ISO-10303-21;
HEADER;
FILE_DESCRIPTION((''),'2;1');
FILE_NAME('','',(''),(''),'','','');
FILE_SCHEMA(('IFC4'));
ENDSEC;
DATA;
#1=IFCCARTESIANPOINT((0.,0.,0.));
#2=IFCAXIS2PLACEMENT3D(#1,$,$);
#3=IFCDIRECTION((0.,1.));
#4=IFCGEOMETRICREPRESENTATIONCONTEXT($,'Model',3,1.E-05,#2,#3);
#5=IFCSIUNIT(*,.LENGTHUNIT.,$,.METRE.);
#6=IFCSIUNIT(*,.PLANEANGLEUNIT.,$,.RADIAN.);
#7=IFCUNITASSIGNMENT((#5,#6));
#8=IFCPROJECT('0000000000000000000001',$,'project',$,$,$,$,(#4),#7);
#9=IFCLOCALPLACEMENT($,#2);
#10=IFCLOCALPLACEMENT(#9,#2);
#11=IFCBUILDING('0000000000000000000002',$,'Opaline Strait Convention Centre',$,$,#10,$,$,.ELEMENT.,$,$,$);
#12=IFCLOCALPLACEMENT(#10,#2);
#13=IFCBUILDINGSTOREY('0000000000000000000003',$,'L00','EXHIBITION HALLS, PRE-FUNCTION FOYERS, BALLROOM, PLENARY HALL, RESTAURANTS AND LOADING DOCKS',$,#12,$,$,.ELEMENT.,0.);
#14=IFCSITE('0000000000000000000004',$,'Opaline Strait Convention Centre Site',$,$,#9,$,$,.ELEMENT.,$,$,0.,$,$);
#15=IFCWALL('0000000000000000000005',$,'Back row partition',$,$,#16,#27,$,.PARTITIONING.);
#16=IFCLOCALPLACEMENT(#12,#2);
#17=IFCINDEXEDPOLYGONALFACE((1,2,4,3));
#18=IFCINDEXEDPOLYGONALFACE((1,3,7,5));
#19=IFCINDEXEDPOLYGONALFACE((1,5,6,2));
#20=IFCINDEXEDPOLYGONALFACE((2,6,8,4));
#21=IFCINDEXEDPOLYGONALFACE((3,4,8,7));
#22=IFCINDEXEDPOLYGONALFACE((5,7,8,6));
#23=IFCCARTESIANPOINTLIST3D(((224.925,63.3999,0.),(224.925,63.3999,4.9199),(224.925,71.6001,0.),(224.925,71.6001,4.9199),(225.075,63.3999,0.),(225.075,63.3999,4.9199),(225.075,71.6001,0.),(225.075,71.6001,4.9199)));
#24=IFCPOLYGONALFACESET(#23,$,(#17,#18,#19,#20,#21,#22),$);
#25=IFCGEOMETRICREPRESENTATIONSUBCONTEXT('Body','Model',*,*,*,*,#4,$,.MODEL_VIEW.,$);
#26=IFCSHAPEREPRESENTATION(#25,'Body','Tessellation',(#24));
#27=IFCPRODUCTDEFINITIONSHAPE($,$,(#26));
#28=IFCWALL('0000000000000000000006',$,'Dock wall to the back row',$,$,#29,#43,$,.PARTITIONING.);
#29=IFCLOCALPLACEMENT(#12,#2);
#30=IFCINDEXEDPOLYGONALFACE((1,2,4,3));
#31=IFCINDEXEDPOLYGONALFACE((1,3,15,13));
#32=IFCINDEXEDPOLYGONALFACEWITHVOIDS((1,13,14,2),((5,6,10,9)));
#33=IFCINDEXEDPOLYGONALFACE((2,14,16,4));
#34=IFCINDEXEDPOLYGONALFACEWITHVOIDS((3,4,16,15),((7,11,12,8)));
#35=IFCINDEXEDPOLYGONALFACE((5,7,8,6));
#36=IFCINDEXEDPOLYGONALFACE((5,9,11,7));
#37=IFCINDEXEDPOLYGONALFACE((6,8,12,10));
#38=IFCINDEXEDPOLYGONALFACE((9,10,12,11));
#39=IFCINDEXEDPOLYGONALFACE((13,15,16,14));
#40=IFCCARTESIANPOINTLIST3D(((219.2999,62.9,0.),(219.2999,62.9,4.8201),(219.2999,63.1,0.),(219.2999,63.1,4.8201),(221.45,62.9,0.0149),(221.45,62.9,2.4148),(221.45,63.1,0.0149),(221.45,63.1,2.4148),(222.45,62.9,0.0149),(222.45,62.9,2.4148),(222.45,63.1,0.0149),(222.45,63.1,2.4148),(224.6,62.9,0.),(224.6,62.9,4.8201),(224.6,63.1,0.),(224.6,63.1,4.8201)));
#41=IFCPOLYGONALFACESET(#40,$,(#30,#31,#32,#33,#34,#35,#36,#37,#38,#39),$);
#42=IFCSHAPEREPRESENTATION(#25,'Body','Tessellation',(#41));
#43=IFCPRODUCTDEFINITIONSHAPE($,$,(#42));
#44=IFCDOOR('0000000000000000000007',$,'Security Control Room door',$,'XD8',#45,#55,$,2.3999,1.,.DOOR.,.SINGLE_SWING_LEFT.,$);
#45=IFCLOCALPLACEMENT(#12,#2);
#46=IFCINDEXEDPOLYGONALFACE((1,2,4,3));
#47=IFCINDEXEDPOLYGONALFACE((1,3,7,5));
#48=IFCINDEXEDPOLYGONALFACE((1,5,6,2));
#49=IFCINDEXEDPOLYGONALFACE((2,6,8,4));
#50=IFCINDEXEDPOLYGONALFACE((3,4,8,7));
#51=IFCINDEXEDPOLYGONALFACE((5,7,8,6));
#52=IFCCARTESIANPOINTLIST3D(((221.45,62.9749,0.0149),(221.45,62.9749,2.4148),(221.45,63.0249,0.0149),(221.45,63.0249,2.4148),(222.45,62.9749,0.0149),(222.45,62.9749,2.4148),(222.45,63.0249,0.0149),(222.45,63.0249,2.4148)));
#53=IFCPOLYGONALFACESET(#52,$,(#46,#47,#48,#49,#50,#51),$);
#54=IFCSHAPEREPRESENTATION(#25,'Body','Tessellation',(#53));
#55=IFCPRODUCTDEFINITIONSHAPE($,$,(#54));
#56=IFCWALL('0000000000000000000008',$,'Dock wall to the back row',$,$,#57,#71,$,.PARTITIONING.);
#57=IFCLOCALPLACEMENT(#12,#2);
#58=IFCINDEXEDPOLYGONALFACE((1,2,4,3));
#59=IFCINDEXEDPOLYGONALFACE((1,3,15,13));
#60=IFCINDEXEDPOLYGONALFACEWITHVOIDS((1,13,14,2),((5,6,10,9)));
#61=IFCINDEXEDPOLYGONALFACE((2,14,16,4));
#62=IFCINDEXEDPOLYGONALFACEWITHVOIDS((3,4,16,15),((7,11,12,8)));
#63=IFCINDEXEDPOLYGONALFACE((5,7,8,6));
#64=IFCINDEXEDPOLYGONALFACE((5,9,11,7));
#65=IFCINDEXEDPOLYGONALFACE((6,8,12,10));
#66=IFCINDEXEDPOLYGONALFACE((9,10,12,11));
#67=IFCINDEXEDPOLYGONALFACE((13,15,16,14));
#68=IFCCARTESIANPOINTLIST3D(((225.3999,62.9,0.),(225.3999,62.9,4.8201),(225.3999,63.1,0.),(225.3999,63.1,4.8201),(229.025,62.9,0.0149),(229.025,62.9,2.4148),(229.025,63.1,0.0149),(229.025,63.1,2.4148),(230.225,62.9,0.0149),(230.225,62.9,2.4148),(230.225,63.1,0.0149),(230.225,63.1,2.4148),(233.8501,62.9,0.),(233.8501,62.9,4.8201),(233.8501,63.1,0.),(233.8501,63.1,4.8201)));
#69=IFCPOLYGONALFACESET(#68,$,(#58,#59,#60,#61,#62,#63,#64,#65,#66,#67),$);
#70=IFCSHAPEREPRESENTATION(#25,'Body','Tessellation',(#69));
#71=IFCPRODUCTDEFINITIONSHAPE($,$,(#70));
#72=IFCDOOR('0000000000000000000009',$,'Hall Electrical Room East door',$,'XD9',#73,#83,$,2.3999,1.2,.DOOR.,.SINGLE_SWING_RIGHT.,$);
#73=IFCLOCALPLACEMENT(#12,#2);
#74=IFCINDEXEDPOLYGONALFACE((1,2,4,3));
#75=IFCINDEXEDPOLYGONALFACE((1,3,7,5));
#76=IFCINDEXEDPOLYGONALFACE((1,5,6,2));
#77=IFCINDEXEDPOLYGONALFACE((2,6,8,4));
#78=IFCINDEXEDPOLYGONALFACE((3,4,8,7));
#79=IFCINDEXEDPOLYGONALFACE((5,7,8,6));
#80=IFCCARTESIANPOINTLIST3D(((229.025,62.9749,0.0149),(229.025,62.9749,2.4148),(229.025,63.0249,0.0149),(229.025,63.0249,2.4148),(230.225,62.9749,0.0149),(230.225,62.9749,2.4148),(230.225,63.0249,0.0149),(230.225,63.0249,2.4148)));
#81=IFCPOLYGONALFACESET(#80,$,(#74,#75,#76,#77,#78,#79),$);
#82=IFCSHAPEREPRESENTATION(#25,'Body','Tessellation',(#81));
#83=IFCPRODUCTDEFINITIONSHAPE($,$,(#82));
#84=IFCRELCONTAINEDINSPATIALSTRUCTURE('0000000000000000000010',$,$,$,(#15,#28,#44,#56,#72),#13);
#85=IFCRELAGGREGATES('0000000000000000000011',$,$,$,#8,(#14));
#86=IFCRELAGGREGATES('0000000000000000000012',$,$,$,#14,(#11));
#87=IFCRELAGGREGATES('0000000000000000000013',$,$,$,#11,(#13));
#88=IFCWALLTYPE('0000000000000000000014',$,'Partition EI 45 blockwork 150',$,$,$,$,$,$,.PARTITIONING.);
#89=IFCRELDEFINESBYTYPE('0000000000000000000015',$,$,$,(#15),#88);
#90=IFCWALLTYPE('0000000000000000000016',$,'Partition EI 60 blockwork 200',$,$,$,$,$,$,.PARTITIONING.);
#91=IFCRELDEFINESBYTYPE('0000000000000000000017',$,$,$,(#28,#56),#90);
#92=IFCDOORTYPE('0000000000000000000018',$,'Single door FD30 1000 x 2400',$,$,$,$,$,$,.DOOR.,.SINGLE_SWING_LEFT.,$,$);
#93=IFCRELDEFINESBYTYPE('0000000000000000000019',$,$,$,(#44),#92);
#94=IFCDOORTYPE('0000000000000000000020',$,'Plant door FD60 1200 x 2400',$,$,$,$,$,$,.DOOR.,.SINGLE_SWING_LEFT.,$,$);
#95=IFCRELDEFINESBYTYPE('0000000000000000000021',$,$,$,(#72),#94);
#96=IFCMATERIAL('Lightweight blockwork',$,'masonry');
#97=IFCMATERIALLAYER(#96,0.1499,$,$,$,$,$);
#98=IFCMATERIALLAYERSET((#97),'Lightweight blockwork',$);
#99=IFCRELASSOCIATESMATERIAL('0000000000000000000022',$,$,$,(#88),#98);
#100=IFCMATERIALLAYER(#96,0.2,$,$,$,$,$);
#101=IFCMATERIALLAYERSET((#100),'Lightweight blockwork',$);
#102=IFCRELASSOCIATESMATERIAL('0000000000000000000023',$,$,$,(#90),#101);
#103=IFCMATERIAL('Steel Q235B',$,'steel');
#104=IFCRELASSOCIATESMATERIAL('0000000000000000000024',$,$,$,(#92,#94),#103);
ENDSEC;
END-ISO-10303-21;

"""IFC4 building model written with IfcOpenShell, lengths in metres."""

from ifc_helpers import new_model, si_unit, direction, frame, frame_2d, origin, place, context, subcontext, project, spatial, rectangle, extrude, material, layer, layer_set, type_object, element, fill, save


model = new_model("IFC4")

# Units and contexts
model_context = context("Model", 3, precision=1e-05, world=origin(), true_north=direction((0.0, 1.0)))
body_context = subcontext(model_context, "Body", "Model", "MODEL_VIEW")
ifc_project = project(units=[si_unit("LENGTHUNIT", "METRE"), si_unit("PLANEANGLEUNIT", "RADIAN")], contexts=[model_context])

# Site, building, storey
site_placement = place(None, origin())
site = spatial("IfcSite", under=ifc_project, at=site_placement, Name="Opaline Strait Convention Centre Site", CompositionType="ELEMENT", RefElevation=0.0)
building_placement = place(site_placement, origin())
building = spatial("IfcBuilding", under=site, at=building_placement, Name="Opaline Strait Convention Centre", CompositionType="ELEMENT")
storey_placement = place(building_placement, origin())
storey = spatial("IfcBuildingStorey", under=building, at=storey_placement, Name="L00", Description="EXHIBITION HALLS, PRE-FUNCTION FOYERS, BALLROOM, PLENARY HALL, RESTAURANTS AND LOADING DOCKS", CompositionType="ELEMENT", Elevation=0.0)

# Shared definitions
ifc_material_1 = material(Name="Steel Q235B", Category="steel")

# Wall
ifc_material_2 = material(Name="Lightweight blockwork", Category="masonry")
ifc_layer_1 = layer(ifc_material_2, 0.1499)
ifc_layer_set_1 = layer_set([ifc_layer_1], Name="Lightweight blockwork")
wall_type_1 = type_object("IfcWallType", Name="Partition EI 45 blockwork 150", PredefinedType="PARTITIONING", material=ifc_layer_set_1)
wall_1_placement = place(storey_placement, frame((225.0, 63.3999, 0.0), z_axis=(0.0, 0.0, 1.0), x_axis=(0.0, 1.0, 0.0)))
element("IfcWall", 1, at=wall_1_placement, inside=storey, type_object=wall_type_1, Name="Back row partition", PredefinedType="PARTITIONING", context=body_context, shape_type="SweptSolid", body=[
    extrude(rectangle(XDim=8.2002, YDim=0.1499, at=frame_2d((4.1001, 0.0))), origin(), (0.0, 0.0, 1.0), 4.9199),
])

# Walls, openings, doors
ifc_layer_2 = layer(ifc_material_2, 0.2)
ifc_layer_set_2 = layer_set([ifc_layer_2], Name="Lightweight blockwork")
wall_type_2 = type_object("IfcWallType", Name="Partition EI 60 blockwork 200", PredefinedType="PARTITIONING", material=ifc_layer_set_2)
wall_2_placement = place(storey_placement, frame((219.3, 63.0, 0.0), z_axis=(0.0, 0.0, 1.0), x_axis=(1.0, 0.0, 0.0)))
wall_2 = element("IfcWall", 2, at=wall_2_placement, inside=storey, type_object=wall_type_2, Name="Dock wall to the back row", PredefinedType="PARTITIONING", context=body_context, shape_type="SweptSolid", body=[
    extrude(rectangle(XDim=5.3, YDim=0.2, at=frame_2d((2.6499, 0.0))), origin(), (0.0, 0.0, 1.0), 4.8201),
])
opening_1_placement = place(wall_2_placement, frame((2.1499, 0.0, 0.0149)))
opening_1 = element("IfcOpeningElement", 3, at=opening_1_placement, cuts=wall_2, PredefinedType="OPENING", context=body_context, shape_type="SweptSolid", body=[
    extrude(rectangle(XDim=1.0, YDim=2.3999, at=frame_2d((0.5, 1.2))), frame((0.0, 0.1099, 0.0), z_axis=(0.0, -1.0, 0.0), x_axis=(1.0, 0.0, 0.0)), (0.0, 0.0, 1.0), 0.22),
])
door_type_1 = type_object("IfcDoorType", Name="Single door FD30 1000 x 2400", OperationType="SINGLE_SWING_LEFT", PredefinedType="DOOR", material=ifc_material_1)
door_1_placement = place(opening_1_placement, origin())
door_1 = element("IfcDoor", 4, at=door_1_placement, inside=storey, type_object=door_type_1, Name="Security Control Room door", ObjectType="XD8", OperationType="SINGLE_SWING_LEFT", OverallHeight=2.3999, OverallWidth=1.0, PredefinedType="DOOR", context=body_context, shape_type="SweptSolid", body=[
    extrude(rectangle(XDim=1.0, YDim=2.3999, at=frame_2d((0.5, 1.2))), frame((0.0, 0.0249, 0.0), z_axis=(0.0, -1.0, 0.0), x_axis=(1.0, 0.0, 0.0)), (0.0, 0.0, 1.0), 0.05),
])
fill(opening_1, door_1)
wall_3_placement = place(storey_placement, frame((225.3999, 63.0, 0.0), z_axis=(0.0, 0.0, 1.0), x_axis=(1.0, 0.0, 0.0)))
wall_3 = element("IfcWall", 5, at=wall_3_placement, inside=storey, type_object=wall_type_2, Name="Dock wall to the back row", PredefinedType="PARTITIONING", context=body_context, shape_type="SweptSolid", body=[
    extrude(rectangle(XDim=8.4502, YDim=0.2, at=frame_2d((4.2251, 0.0))), origin(), (0.0, 0.0, 1.0), 4.8201),
])
opening_2_placement = place(wall_3_placement, frame((3.625, 0.0, 0.0149)))
opening_2 = element("IfcOpeningElement", 6, at=opening_2_placement, cuts=wall_3, PredefinedType="OPENING", context=body_context, shape_type="SweptSolid", body=[
    extrude(rectangle(XDim=1.2, YDim=2.3999, at=frame_2d((0.6001, 1.2))), frame((0.0, 0.1099, 0.0), z_axis=(0.0, -1.0, 0.0), x_axis=(1.0, 0.0, 0.0)), (0.0, 0.0, 1.0), 0.22),
])
door_type_2 = type_object("IfcDoorType", Name="Plant door FD60 1200 x 2400", OperationType="SINGLE_SWING_LEFT", PredefinedType="DOOR", material=ifc_material_1)
door_2_placement = place(opening_2_placement, origin())
door_2 = element("IfcDoor", 7, at=door_2_placement, inside=storey, type_object=door_type_2, Name="Hall Electrical Room East door", ObjectType="XD9", OperationType="SINGLE_SWING_RIGHT", OverallHeight=2.3999, OverallWidth=1.2, PredefinedType="DOOR", context=body_context, shape_type="SweptSolid", body=[
    extrude(rectangle(XDim=1.2, YDim=2.3999, at=frame_2d((0.6001, 1.2))), frame((0.0, 0.0249, 0.0), z_axis=(0.0, -1.0, 0.0), x_axis=(1.0, 0.0, 0.0)), (0.0, 0.0, 1.0), 0.05),
])
fill(opening_2, door_2)

save(model, "model.ifc")
